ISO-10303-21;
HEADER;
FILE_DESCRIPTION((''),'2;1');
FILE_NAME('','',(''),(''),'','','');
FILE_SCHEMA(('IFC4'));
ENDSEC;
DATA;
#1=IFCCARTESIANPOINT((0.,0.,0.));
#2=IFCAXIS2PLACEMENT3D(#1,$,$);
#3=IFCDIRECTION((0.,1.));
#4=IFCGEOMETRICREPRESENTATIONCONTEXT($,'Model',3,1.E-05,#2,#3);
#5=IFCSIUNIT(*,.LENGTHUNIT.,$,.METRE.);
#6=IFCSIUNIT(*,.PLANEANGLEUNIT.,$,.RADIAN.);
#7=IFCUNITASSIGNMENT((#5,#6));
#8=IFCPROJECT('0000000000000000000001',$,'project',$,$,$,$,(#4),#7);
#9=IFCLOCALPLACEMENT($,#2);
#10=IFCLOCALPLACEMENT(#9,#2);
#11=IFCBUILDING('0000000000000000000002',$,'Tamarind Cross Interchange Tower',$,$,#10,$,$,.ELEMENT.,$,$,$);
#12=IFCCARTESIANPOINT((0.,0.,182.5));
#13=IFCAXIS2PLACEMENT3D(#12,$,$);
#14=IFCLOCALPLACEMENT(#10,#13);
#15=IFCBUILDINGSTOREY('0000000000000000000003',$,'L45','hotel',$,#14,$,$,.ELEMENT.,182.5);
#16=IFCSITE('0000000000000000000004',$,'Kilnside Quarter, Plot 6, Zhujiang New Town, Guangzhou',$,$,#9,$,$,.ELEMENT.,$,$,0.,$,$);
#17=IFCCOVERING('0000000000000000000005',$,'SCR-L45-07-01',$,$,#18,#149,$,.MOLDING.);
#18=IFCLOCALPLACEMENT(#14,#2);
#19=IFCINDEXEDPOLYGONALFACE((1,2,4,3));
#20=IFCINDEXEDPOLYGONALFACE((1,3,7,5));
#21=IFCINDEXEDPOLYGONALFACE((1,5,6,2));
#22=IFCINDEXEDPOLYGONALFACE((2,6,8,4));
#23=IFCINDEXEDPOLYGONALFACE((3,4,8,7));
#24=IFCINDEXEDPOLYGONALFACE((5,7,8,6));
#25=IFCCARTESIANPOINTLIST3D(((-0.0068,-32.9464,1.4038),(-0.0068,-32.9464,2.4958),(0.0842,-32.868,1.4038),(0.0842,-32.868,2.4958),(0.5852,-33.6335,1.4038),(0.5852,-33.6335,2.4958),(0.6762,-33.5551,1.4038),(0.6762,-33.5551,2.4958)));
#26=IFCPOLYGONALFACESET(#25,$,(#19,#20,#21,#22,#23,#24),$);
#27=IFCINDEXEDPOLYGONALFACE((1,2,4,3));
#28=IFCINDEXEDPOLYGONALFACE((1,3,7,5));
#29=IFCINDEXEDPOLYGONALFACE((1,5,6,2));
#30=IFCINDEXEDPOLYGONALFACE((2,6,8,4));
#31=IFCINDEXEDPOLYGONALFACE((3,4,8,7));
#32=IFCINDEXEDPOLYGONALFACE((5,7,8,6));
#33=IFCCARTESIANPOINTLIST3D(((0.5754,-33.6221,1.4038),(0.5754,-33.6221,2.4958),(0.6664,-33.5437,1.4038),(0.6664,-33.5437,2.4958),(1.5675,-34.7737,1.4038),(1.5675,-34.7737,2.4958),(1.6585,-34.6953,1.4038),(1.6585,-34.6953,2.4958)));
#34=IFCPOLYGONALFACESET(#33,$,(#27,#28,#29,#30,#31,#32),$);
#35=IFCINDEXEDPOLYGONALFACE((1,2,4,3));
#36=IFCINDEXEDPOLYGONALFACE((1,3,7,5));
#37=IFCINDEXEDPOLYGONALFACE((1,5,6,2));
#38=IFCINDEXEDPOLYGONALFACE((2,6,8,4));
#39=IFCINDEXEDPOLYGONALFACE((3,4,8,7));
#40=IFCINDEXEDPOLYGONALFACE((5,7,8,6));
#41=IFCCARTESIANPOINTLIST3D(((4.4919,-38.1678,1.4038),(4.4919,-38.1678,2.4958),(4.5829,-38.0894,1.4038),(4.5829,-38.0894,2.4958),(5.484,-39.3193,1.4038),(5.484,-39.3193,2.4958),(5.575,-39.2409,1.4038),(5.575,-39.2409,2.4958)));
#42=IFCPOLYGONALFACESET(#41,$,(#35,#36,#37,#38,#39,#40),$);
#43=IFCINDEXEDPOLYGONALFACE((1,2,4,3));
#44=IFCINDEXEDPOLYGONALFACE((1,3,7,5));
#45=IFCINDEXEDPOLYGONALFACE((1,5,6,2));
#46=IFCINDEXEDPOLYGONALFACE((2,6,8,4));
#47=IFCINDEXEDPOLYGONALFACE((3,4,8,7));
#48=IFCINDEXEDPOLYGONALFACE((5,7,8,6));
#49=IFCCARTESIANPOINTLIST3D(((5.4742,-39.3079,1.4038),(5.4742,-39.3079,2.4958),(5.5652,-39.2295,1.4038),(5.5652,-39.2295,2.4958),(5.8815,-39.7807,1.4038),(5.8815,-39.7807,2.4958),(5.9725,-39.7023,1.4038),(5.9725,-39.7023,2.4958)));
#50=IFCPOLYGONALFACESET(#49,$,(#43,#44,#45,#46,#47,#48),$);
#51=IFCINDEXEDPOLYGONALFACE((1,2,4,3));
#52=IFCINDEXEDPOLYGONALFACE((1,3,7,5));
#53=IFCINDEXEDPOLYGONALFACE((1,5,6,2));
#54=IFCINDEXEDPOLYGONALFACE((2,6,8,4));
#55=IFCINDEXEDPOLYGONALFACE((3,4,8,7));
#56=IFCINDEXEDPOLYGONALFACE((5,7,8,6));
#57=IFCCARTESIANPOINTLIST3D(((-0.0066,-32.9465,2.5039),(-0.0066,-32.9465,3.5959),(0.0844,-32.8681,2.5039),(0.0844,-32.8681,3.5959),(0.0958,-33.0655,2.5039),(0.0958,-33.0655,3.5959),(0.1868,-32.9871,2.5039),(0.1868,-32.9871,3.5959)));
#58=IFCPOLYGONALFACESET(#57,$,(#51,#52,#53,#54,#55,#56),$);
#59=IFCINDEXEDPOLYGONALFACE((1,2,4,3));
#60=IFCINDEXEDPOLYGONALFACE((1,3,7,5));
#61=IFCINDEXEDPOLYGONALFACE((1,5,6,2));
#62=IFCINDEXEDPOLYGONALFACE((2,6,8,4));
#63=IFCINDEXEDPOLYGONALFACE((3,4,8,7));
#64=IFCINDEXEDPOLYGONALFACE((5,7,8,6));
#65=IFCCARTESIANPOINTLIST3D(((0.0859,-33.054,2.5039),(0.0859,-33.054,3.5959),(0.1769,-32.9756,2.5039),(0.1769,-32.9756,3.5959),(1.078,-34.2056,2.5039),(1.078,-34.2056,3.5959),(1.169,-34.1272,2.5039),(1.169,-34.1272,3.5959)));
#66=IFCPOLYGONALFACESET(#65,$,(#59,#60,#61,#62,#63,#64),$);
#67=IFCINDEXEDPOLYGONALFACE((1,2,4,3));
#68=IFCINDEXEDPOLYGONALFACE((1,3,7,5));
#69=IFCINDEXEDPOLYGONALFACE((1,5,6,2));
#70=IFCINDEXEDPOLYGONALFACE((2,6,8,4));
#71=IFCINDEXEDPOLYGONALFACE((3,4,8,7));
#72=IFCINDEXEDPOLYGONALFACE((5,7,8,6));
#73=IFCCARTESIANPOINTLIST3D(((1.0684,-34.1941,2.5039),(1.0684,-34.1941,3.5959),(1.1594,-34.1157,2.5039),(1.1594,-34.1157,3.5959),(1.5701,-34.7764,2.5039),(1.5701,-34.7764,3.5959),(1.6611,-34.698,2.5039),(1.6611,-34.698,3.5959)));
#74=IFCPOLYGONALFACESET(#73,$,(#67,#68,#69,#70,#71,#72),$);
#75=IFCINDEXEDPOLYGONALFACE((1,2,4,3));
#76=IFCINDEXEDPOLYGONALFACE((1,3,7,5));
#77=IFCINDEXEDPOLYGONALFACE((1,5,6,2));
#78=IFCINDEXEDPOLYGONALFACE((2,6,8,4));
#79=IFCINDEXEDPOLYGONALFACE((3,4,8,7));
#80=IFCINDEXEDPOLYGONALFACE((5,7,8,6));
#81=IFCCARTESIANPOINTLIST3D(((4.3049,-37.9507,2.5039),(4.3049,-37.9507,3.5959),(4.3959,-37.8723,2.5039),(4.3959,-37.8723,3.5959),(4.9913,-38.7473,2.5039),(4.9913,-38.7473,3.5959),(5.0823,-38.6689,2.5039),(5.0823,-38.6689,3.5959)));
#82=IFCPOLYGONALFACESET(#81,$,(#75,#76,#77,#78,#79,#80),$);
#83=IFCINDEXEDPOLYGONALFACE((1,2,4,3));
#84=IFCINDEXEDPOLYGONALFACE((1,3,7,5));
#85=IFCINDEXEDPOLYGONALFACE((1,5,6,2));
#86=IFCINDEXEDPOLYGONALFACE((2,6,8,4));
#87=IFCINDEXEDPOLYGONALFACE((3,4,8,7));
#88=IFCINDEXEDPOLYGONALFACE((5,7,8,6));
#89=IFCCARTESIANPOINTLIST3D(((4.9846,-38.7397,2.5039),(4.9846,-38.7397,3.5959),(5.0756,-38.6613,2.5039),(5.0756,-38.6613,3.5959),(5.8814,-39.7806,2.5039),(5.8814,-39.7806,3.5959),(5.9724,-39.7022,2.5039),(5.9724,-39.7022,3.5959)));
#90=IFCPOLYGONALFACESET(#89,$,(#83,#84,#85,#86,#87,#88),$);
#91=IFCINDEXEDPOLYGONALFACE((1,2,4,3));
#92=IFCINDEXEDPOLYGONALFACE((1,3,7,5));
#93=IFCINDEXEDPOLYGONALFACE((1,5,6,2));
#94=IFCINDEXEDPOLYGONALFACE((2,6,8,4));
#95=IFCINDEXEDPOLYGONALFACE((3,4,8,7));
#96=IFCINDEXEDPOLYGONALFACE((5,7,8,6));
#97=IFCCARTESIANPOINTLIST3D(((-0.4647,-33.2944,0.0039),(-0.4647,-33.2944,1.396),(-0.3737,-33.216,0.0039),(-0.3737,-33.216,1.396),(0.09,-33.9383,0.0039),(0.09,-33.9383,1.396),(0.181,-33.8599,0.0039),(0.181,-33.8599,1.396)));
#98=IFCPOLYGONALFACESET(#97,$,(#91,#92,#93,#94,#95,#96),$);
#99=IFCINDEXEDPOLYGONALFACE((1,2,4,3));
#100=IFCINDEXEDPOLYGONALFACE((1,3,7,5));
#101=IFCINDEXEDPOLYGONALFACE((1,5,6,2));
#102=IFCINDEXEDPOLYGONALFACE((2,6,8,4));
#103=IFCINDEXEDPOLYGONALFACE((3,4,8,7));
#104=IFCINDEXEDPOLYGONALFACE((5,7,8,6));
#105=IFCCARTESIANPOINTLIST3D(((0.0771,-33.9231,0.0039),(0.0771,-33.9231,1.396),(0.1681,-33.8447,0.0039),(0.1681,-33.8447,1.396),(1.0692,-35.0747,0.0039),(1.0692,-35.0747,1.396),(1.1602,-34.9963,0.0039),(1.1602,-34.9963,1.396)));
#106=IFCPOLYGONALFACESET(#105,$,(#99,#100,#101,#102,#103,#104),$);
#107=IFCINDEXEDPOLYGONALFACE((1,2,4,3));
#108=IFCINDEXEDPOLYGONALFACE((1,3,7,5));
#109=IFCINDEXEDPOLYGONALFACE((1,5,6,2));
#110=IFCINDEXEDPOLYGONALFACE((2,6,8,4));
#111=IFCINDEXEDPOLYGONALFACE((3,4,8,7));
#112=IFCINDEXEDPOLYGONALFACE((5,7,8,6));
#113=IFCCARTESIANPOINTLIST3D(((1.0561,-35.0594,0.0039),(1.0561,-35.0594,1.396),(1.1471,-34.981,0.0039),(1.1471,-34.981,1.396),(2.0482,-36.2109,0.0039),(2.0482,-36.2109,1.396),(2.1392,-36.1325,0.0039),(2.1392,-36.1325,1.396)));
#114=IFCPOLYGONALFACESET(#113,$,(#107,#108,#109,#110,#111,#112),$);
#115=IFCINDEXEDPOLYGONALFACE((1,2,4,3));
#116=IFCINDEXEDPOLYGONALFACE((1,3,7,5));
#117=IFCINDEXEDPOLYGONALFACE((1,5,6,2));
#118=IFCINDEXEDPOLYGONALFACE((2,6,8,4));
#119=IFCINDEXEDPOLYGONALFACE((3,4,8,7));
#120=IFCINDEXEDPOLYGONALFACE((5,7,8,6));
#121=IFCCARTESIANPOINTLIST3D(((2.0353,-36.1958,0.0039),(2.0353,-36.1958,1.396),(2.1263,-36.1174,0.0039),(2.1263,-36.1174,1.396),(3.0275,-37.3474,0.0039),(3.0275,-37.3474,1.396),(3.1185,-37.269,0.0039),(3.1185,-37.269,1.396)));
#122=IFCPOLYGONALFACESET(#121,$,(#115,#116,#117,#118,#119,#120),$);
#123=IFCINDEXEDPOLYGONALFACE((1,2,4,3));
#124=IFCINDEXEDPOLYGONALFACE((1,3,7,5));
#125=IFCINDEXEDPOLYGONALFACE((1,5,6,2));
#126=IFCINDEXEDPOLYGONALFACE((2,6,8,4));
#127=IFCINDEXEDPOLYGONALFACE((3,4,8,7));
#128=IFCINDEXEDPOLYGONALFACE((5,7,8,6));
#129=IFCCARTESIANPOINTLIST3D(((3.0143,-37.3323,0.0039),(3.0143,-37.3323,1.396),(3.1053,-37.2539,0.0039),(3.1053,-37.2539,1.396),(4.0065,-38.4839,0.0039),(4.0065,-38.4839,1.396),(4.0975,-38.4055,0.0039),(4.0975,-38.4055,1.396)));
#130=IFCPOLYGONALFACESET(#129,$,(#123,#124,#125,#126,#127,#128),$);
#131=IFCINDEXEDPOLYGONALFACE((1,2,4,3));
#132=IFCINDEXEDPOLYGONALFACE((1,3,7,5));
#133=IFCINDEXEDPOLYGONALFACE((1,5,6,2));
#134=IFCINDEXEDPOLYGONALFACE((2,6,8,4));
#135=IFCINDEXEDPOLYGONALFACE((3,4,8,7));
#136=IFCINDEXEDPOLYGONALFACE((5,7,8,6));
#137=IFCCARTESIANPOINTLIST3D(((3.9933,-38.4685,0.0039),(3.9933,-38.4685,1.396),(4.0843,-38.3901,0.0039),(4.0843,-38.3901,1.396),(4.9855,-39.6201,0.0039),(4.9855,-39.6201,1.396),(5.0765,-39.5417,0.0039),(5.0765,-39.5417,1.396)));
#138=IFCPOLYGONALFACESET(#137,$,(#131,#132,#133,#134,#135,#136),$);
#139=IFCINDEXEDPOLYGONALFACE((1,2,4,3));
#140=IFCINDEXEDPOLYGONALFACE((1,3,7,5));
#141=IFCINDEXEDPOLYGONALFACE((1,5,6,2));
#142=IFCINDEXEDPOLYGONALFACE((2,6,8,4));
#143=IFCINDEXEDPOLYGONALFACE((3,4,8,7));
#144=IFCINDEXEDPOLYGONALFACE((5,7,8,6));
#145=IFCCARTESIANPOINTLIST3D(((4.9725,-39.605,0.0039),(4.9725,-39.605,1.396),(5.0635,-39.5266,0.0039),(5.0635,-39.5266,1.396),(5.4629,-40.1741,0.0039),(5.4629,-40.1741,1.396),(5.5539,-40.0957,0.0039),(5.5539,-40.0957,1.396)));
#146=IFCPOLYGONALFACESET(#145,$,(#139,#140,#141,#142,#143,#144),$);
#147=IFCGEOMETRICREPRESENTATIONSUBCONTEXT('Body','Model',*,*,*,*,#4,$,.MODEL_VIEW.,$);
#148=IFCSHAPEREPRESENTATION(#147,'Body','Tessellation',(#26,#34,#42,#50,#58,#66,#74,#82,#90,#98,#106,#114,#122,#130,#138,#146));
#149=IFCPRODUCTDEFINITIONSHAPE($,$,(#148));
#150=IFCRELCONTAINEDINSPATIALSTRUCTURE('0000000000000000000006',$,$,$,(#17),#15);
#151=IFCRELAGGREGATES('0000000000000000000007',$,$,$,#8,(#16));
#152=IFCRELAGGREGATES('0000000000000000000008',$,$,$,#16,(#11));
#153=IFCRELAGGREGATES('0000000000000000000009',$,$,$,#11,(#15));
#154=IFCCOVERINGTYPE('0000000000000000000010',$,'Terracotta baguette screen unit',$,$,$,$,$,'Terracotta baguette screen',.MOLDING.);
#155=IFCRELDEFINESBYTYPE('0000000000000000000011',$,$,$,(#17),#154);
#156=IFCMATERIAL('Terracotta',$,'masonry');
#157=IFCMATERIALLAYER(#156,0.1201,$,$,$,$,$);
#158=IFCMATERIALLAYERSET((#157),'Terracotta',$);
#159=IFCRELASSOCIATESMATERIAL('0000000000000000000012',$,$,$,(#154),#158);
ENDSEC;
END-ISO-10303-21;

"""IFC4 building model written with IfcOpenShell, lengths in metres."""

from ifc_helpers import new_model, si_unit, direction, frame, origin, origin_2d, place, context, subcontext, project, spatial, rectangle, extrude, material, layer, layer_set, type_object, element, save


model = new_model("IFC4")

# Units and contexts
model_context = context("Model", 3, precision=1e-05, world=origin(), true_north=direction((0.0, 1.0)))
body_context = subcontext(model_context, "Body", "Model", "MODEL_VIEW")
ifc_project = project(units=[si_unit("LENGTHUNIT", "METRE"), si_unit("PLANEANGLEUNIT", "RADIAN")], contexts=[model_context])

# Site, building, storey
site_placement = place(None, origin())
site = spatial("IfcSite", under=ifc_project, at=site_placement, Name="Kilnside Quarter, Plot 6, Zhujiang New Town, Guangzhou", CompositionType="ELEMENT", RefElevation=0.0)
building_placement = place(site_placement, origin())
building = spatial("IfcBuilding", under=site, at=building_placement, Name="Tamarind Cross Interchange Tower", CompositionType="ELEMENT")
storey_placement = place(building_placement, frame((0.0, 0.0, 182.5)))
storey = spatial("IfcBuildingStorey", under=building, at=storey_placement, Name="L45", Description="hotel", CompositionType="ELEMENT", Elevation=182.5)

# Covering
ifc_material_1 = material(Name="Terracotta", Category="masonry")
ifc_layer_1 = layer(ifc_material_1, 0.1201)
ifc_layer_set_1 = layer_set([ifc_layer_1], Name="Terracotta")
covering_type = type_object("IfcCoveringType", Name="Terracotta baguette screen unit", ElementType="Terracotta baguette screen", PredefinedType="MOLDING", material=ifc_layer_set_1)
covering_1_placement = place(storey_placement, origin())
element("IfcCovering", 1, at=covering_1_placement, inside=storey, type_object=covering_type, Name="SCR-L45-07-01", PredefinedType="MOLDING", context=body_context, shape_type="SweptSolid", body=[
    extrude(rectangle(XDim=0.907, YDim=0.1201, at=origin_2d()), frame((0.3347, -33.2507, 1.4038), z_axis=(0.0, 0.0, 1.0), x_axis=(0.652723, -0.757597, 0.0)), (0.0, 0.0, 1.0), 1.092),
    extrude(rectangle(XDim=1.52, YDim=0.1201, at=origin_2d()), frame((1.1169, -34.1587, 1.4038), z_axis=(0.0, 0.0, 1.0), x_axis=(0.652723, -0.757597, 0.0)), (0.0, 0.0, 1.0), 1.092),
    extrude(rectangle(XDim=1.52, YDim=0.1201, at=origin_2d()), frame((5.0334, -38.7043, 1.4038), z_axis=(0.0, 0.0, 1.0), x_axis=(0.652723, -0.757597, 0.0)), (0.0, 0.0, 1.0), 1.092),
    extrude(rectangle(XDim=0.624, YDim=0.1201, at=origin_2d()), frame((5.7234, -39.5051, 1.4038), z_axis=(0.0, 0.0, 1.0), x_axis=(0.652723, -0.757597, 0.0)), (0.0, 0.0, 1.0), 1.092),
    extrude(rectangle(XDim=0.157, YDim=0.1201, at=origin_2d()), frame((0.0901, -32.9668, 2.5039), z_axis=(0.0, 0.0, 1.0), x_axis=(0.652723, -0.757597, 0.0)), (0.0, 0.0, 1.0), 1.092),
    extrude(rectangle(XDim=1.52, YDim=0.1201, at=origin_2d()), frame((0.6274, -33.5906, 2.5039), z_axis=(0.0, 0.0, 1.0), x_axis=(0.652723, -0.757597, 0.0)), (0.0, 0.0, 1.0), 1.092),
    extrude(rectangle(XDim=0.7686, YDim=0.1201, at=origin_2d()), frame((1.3647, -34.446, 2.5039), z_axis=(0.0, 0.0, 1.0), x_axis=(0.652723, -0.757597, 0.0)), (0.0, 0.0, 1.0), 1.092),
    extrude(rectangle(XDim=1.0515, YDim=0.1201, at=origin_2d()), frame((4.6936, -38.3098, 2.5039), z_axis=(0.0, 0.0, 1.0), x_axis=(0.652723, -0.757597, 0.0)), (0.0, 0.0, 1.0), 1.092),
    extrude(rectangle(XDim=1.374, YDim=0.1201, at=origin_2d()), frame((5.4785, -39.2209, 2.5039), z_axis=(0.0, 0.0, 1.0), x_axis=(0.652723, -0.757597, 0.0)), (0.0, 0.0, 1.0), 1.092),
    extrude(rectangle(XDim=0.8499, YDim=0.1201, at=origin_2d()), frame((-0.1418, -33.5771, 0.0039), z_axis=(0.0, 0.0, 1.0), x_axis=(0.652723, -0.757597, 0.0)), (0.0, 0.0, 1.0), 1.3921),
    extrude(rectangle(XDim=1.52, YDim=0.1201, at=origin_2d()), frame((0.6187, -34.4597, 0.0039), z_axis=(0.0, 0.0, 1.0), x_axis=(0.652723, -0.757597, 0.0)), (0.0, 0.0, 1.0), 1.3921),
    extrude(rectangle(XDim=1.52, YDim=0.1201, at=origin_2d()), frame((1.5977, -35.5959, 0.0039), z_axis=(0.0, 0.0, 1.0), x_axis=(0.652723, -0.757597, 0.0)), (0.0, 0.0, 1.0), 1.3921),
    extrude(rectangle(XDim=1.52, YDim=0.1201, at=origin_2d()), frame((2.5769, -36.7324, 0.0039), z_axis=(0.0, 0.0, 1.0), x_axis=(0.652723, -0.757597, 0.0)), (0.0, 0.0, 1.0), 1.3921),
    extrude(rectangle(XDim=1.52, YDim=0.1201, at=origin_2d()), frame((3.5559, -37.8689, 0.0039), z_axis=(0.0, 0.0, 1.0), x_axis=(0.652723, -0.757597, 0.0)), (0.0, 0.0, 1.0), 1.3921),
    extrude(rectangle(XDim=1.52, YDim=0.1201, at=origin_2d()), frame((4.5349, -39.0051, 0.0039), z_axis=(0.0, 0.0, 1.0), x_axis=(0.652723, -0.757597, 0.0)), (0.0, 0.0, 1.0), 1.3921),
    extrude(rectangle(XDim=0.7512, YDim=0.1201, at=origin_2d()), frame((5.2632, -39.8503, 0.0039), z_axis=(0.0, 0.0, 1.0), x_axis=(0.652723, -0.757597, 0.0)), (0.0, 0.0, 1.0), 1.3921),
])

save(model, "model.ifc")
